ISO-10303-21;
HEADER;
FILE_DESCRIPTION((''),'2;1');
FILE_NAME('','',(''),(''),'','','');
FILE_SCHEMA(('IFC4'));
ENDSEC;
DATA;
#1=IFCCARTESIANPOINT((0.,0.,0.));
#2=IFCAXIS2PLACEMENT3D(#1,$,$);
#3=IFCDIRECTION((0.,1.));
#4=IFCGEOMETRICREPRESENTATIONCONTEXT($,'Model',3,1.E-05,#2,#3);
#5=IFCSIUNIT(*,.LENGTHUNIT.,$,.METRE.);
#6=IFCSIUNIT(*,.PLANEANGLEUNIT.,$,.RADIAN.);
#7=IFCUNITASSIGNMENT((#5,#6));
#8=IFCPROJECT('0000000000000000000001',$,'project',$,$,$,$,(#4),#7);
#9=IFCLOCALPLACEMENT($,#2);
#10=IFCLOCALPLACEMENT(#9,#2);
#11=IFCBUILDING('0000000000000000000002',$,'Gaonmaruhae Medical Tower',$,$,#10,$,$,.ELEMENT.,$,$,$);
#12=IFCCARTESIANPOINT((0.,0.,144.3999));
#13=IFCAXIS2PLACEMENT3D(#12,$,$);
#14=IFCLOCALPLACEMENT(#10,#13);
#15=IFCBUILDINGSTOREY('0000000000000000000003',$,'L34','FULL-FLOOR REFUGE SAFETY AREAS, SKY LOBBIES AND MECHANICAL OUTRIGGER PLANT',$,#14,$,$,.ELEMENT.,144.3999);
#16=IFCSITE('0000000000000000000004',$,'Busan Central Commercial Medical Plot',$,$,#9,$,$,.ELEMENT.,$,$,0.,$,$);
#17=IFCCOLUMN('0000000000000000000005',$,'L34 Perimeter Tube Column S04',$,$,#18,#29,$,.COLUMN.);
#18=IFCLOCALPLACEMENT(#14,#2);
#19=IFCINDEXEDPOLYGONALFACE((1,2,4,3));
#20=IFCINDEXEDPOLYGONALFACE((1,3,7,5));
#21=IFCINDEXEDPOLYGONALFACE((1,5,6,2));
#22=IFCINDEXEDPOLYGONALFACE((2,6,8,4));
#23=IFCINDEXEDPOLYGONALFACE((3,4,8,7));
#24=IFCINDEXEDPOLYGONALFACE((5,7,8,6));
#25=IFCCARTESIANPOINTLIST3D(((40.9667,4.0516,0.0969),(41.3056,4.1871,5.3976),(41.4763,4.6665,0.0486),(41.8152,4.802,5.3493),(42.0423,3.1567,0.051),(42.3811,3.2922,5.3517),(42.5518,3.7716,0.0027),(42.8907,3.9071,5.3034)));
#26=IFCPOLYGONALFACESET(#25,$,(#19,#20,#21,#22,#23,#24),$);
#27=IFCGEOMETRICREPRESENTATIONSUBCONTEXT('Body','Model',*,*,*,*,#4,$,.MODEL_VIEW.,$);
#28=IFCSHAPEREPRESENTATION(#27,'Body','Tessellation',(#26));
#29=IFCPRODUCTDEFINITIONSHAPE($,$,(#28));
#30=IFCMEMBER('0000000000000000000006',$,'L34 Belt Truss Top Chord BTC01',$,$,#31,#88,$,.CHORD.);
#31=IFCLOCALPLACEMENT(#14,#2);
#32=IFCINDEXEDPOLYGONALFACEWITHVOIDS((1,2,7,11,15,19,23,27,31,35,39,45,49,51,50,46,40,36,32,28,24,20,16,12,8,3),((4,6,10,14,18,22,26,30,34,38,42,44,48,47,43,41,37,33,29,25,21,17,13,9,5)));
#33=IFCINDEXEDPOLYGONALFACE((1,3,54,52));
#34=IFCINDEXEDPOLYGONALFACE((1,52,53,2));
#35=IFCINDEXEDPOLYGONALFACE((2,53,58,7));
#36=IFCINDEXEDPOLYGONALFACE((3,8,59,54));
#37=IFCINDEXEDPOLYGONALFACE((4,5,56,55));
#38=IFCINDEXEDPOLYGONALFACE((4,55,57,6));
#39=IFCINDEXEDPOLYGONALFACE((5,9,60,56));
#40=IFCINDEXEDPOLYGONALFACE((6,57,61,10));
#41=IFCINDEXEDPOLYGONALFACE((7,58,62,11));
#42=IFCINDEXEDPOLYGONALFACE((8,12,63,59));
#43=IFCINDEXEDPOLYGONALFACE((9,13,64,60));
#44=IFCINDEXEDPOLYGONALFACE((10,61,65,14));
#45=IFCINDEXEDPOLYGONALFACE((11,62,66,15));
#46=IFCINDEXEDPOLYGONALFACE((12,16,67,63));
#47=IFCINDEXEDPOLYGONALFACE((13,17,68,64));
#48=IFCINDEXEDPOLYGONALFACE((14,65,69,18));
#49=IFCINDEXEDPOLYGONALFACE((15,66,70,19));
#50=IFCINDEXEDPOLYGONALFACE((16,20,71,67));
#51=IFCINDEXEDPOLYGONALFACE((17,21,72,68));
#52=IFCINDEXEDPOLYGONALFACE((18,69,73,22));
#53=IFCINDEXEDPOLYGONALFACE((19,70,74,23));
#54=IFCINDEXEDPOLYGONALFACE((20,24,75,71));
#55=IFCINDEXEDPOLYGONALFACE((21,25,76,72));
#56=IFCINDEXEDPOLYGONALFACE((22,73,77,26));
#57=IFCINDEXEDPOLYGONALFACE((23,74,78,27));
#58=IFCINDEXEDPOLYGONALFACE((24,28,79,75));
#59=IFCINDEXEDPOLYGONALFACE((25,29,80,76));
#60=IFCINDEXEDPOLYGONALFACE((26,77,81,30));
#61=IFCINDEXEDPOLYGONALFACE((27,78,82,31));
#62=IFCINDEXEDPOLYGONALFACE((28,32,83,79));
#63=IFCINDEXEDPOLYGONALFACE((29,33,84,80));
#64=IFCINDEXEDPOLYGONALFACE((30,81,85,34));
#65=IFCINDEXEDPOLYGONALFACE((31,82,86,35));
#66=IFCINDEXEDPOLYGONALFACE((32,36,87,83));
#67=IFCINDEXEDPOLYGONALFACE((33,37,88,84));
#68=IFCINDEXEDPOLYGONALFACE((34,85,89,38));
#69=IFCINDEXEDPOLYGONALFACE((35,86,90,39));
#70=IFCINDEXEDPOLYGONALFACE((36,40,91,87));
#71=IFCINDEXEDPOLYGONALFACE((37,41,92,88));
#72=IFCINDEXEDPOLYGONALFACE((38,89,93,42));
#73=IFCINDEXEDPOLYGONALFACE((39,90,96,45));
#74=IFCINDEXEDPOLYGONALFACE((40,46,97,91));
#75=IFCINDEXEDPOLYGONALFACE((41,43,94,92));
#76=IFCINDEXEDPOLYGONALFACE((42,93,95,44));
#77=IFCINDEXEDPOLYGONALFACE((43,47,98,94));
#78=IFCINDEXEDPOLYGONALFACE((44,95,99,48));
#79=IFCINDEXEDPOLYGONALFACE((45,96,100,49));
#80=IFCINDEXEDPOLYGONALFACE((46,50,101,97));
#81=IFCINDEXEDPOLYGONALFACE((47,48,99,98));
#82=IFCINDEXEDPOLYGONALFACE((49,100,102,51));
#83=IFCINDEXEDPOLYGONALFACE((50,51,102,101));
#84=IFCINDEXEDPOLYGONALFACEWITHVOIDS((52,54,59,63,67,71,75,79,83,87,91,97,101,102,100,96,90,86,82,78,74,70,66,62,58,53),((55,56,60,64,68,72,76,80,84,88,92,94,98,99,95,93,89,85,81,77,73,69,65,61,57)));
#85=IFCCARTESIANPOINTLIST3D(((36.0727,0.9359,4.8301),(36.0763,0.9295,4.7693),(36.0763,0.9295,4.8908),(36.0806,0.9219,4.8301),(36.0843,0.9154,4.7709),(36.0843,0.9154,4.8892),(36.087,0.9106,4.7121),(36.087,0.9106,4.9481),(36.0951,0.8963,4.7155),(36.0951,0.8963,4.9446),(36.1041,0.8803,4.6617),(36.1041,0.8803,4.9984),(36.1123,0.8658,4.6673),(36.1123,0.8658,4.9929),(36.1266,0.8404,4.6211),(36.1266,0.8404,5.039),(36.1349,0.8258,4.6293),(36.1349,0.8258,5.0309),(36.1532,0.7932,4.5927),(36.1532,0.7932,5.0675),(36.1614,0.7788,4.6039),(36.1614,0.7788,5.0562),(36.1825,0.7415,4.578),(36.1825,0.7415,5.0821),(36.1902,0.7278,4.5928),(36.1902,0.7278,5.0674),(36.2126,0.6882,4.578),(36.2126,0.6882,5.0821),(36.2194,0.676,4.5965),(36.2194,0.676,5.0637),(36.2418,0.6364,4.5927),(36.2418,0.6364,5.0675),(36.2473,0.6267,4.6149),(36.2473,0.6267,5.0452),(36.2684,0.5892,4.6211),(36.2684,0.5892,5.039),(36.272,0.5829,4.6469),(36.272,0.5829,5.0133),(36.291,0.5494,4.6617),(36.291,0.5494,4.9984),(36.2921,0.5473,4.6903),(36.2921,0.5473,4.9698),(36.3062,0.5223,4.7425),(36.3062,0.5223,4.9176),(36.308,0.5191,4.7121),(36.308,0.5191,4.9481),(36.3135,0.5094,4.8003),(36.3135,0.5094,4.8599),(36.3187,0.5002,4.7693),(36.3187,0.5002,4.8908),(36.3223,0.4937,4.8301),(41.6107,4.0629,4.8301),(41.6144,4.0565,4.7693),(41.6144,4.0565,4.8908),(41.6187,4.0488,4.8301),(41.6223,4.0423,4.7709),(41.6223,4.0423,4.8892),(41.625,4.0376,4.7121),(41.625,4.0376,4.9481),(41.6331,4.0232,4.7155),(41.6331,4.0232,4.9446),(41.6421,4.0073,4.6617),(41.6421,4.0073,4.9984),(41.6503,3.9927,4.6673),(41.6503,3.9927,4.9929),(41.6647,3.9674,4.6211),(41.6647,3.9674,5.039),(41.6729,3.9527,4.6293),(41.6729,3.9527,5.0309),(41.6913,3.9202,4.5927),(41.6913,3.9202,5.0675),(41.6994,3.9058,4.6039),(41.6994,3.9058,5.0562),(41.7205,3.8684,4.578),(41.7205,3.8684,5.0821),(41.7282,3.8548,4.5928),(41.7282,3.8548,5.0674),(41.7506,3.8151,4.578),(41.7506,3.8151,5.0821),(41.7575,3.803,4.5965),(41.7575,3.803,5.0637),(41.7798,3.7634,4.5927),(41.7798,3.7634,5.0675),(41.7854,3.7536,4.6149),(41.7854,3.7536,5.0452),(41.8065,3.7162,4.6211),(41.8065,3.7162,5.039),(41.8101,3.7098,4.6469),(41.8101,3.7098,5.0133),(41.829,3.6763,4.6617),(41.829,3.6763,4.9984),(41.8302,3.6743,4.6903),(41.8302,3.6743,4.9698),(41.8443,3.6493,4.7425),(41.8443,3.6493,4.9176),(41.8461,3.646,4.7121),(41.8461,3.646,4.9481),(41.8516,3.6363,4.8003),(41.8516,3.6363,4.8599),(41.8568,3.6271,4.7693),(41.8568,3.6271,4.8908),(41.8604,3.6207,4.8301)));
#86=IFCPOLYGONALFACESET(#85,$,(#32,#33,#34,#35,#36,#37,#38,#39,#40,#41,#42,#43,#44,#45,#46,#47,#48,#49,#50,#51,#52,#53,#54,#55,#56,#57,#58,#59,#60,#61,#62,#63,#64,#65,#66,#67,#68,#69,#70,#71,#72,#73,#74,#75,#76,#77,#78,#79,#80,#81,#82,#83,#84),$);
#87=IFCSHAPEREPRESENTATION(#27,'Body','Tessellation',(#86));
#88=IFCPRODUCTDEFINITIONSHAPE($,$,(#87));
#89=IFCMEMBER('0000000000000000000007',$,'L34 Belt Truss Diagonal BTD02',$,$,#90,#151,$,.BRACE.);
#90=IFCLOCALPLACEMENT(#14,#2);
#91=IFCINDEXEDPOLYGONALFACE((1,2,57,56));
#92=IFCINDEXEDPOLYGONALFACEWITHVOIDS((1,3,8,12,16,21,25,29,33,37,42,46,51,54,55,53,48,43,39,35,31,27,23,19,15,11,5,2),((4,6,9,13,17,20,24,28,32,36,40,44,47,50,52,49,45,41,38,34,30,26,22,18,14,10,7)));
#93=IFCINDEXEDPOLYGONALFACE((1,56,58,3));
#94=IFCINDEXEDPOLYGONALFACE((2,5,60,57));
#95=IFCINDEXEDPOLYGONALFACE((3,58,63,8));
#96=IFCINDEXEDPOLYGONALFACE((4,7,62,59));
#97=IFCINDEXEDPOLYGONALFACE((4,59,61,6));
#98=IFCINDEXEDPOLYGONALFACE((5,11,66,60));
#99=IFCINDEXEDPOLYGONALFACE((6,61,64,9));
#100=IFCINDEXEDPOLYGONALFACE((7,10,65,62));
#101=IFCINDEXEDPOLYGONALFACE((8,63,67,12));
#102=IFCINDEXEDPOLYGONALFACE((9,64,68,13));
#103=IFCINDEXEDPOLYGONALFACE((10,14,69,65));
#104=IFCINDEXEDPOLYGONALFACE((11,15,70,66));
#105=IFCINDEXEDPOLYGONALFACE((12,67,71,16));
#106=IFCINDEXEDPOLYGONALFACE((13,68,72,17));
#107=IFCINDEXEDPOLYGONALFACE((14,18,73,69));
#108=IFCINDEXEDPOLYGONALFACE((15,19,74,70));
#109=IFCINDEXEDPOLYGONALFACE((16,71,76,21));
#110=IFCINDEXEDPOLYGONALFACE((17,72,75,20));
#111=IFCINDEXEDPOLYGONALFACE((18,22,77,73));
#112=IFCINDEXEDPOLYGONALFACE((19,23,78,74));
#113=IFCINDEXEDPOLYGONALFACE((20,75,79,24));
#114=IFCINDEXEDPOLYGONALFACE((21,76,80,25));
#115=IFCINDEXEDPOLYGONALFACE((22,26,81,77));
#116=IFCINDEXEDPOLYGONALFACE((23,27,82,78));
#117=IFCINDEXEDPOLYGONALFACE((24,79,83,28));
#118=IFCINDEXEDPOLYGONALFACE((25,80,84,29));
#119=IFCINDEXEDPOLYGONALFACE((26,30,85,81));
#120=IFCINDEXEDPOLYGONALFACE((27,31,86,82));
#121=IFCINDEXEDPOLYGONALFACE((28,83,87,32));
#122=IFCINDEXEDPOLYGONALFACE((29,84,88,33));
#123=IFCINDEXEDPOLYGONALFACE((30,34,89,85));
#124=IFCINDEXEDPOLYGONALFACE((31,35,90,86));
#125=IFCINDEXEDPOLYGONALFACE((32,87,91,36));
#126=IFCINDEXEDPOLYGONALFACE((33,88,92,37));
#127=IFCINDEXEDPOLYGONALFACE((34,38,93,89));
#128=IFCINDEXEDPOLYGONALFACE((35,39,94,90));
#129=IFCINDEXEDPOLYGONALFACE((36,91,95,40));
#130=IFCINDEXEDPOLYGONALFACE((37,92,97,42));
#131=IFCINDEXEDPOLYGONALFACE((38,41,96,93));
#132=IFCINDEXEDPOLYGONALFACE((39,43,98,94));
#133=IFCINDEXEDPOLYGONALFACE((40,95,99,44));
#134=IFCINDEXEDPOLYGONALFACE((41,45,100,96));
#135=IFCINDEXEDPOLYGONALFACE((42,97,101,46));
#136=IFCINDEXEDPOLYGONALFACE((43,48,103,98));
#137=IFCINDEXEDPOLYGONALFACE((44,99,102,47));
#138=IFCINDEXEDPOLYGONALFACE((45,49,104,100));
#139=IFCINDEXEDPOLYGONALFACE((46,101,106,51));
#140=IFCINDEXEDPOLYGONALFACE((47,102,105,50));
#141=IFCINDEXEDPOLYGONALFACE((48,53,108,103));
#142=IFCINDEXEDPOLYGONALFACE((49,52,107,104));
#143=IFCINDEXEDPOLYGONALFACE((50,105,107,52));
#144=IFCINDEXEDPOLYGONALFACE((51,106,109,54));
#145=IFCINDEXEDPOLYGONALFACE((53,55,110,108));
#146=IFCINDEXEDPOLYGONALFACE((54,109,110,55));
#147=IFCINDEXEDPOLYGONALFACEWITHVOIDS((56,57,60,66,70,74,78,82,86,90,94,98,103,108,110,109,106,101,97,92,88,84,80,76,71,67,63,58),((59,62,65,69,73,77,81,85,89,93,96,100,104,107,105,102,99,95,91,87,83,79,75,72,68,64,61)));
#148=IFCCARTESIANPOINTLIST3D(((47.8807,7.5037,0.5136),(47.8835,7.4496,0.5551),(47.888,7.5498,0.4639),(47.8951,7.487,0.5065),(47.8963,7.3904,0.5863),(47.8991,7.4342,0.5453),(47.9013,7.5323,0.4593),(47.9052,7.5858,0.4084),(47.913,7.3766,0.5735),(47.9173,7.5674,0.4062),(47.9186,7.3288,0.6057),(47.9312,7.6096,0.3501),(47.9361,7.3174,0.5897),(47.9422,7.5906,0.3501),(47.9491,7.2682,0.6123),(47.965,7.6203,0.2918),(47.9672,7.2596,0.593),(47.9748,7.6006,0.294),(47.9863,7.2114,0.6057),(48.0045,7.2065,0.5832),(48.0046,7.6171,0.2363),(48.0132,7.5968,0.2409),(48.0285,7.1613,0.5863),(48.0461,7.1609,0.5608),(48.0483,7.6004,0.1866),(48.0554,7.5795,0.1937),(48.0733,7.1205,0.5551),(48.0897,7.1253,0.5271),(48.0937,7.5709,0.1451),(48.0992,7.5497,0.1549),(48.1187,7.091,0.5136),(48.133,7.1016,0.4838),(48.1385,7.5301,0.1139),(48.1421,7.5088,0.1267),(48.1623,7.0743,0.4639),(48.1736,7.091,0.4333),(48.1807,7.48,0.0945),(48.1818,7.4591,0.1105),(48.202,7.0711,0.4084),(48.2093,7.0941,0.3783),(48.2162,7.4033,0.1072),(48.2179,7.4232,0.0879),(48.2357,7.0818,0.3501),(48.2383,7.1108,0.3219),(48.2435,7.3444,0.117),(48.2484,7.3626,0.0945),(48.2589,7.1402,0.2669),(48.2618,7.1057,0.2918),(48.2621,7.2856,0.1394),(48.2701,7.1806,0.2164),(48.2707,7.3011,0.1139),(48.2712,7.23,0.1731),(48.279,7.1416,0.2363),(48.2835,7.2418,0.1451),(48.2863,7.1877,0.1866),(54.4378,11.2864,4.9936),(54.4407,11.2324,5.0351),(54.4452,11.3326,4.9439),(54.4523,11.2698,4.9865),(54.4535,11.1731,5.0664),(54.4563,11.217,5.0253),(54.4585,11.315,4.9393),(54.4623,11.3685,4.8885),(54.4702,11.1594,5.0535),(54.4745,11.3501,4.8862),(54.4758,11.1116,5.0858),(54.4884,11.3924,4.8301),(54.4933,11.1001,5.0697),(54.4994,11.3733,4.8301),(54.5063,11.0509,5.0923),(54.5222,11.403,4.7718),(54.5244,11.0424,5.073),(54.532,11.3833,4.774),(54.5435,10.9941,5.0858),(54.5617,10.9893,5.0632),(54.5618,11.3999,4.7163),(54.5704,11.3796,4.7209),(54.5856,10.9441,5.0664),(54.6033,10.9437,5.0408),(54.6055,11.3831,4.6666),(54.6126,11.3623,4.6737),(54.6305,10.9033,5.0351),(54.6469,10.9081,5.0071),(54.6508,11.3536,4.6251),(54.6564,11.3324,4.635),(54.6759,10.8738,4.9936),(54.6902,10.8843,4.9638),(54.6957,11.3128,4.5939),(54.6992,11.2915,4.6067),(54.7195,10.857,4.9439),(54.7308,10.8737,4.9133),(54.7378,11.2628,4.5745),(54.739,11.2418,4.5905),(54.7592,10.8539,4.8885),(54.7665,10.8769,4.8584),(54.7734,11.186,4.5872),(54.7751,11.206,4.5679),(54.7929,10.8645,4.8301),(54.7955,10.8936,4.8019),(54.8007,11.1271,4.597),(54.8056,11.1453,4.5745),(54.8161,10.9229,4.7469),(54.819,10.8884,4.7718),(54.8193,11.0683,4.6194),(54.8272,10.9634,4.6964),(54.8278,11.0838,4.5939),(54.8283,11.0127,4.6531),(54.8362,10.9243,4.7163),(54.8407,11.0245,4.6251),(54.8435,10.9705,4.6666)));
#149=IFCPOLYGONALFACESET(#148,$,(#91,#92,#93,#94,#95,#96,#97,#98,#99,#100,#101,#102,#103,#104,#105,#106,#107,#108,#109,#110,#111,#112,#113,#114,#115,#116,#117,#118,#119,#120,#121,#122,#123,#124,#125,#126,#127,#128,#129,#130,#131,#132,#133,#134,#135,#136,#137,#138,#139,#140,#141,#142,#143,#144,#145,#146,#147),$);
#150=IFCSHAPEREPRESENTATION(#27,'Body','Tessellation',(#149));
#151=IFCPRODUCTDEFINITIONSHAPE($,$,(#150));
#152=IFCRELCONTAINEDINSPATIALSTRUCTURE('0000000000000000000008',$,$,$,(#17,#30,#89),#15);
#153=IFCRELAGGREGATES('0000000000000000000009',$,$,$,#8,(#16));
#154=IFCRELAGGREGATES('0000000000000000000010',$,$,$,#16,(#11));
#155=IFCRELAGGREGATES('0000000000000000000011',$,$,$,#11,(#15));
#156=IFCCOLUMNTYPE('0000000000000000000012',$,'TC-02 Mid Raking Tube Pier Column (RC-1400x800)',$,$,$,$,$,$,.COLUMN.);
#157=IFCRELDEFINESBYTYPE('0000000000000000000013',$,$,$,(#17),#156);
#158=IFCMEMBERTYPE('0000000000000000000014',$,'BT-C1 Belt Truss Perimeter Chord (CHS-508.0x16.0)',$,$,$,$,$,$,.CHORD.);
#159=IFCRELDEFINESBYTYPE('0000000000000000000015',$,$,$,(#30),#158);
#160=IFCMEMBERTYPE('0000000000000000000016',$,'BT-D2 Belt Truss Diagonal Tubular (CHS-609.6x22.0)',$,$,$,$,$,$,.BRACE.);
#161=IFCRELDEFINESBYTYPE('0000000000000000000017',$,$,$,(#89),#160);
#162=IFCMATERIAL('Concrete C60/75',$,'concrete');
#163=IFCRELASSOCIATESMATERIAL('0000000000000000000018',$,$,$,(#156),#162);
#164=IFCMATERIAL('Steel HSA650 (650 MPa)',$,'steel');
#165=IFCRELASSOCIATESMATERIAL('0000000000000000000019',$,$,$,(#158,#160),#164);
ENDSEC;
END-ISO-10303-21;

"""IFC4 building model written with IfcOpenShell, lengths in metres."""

from ifc_helpers import new_model, si_unit, direction, frame, origin, origin_2d, place, context, subcontext, project, spatial, rectangle, hollow_circle, extrude, material, material_profile, profile_set, type_object, element, save


model = new_model("IFC4")

# Units and contexts
model_context = context("Model", 3, precision=1e-05, world=origin(), true_north=direction((0.0, 1.0)))
body_context = subcontext(model_context, "Body", "Model", "MODEL_VIEW")
ifc_project = project(units=[si_unit("LENGTHUNIT", "METRE"), si_unit("PLANEANGLEUNIT", "RADIAN")], contexts=[model_context])

# Site, building, storey
site_placement = place(None, origin())
site = spatial("IfcSite", under=ifc_project, at=site_placement, Name="Busan Central Commercial Medical Plot", CompositionType="ELEMENT", RefElevation=0.0)
building_placement = place(site_placement, origin())
building = spatial("IfcBuilding", under=site, at=building_placement, Name="Gaonmaruhae Medical Tower", CompositionType="ELEMENT")
storey_placement = place(building_placement, frame((0.0, 0.0, 144.3999)))
storey = spatial("IfcBuildingStorey", under=building, at=storey_placement, Name="L34", Description="FULL-FLOOR REFUGE SAFETY AREAS, SKY LOBBIES AND MECHANICAL OUTRIGGER PLANT", CompositionType="ELEMENT", Elevation=144.3999)

# Column
ifc_material_1 = material(Name="Concrete C60/75", Category="concrete")
ifc_material_profile_1 = material_profile(ifc_material_1, rectangle(XDim=1.3999, YDim=0.8, at=origin_2d()), Name="RC-1400x800")
ifc_profile_set_1 = profile_set([ifc_material_profile_1], Name="Concrete C60/75")
column_type = type_object("IfcColumnType", Name="TC-02 Mid Raking Tube Pier Column (RC-1400x800)", PredefinedType="COLUMN", material=ifc_profile_set_1)
column_placement = place(storey_placement, frame((41.7593, 3.9116, 0.0498), z_axis=(0.063777, 0.025502, 0.997638), x_axis=(-0.76829, 0.639263, 0.032774)))
element("IfcColumn", 1, at=column_placement, inside=storey, type_object=column_type, Name="L34 Perimeter Tube Column S04", PredefinedType="COLUMN", context=body_context, shape_type="SweptSolid", body=[
    extrude(rectangle(XDim=1.3999, YDim=0.8, at=origin_2d()), origin(), (0.0, 0.0, 1.0), 5.3132),
])

# Members
ifc_material_2 = material(Name="Steel HSA650 (650 MPa)", Category="steel")
ifc_material_profile_2 = material_profile(ifc_material_2, hollow_circle(Radius=0.2539, WallThickness=0.0161, at=origin_2d()), Name="CHS-508.0x16.0")
ifc_profile_set_2 = profile_set([ifc_material_profile_2], Name="Steel HSA650 (650 MPa)")
member_type_1 = type_object("IfcMemberType", Name="BT-C1 Belt Truss Perimeter Chord (CHS-508.0x16.0)", PredefinedType="CHORD", material=ifc_profile_set_2)
member_1_placement = place(storey_placement, frame((36.1975, 0.7148, 4.8301), z_axis=(0.870783, 0.491668, 0.0), x_axis=(-0.491668, 0.870783, 0.0)))
element("IfcMember", 2, at=member_1_placement, inside=storey, type_object=member_type_1, Name="L34 Belt Truss Top Chord BTC01", PredefinedType="CHORD", context=body_context, shape_type="SweptSolid", body=[
    extrude(hollow_circle(Radius=0.2539, WallThickness=0.0161, at=origin_2d()), origin(), (0.0, 0.0, 1.0), 6.3599),
])
ifc_material_profile_3 = material_profile(ifc_material_2, hollow_circle(Radius=0.3047, WallThickness=0.022, at=origin_2d()), Name="CHS-609.6x22.0")
ifc_profile_set_3 = profile_set([ifc_material_profile_3], Name="Steel HSA650 (650 MPa)")
member_type_2 = type_object("IfcMemberType", Name="BT-D2 Belt Truss Diagonal Tubular (CHS-609.6x22.0)", PredefinedType="BRACE", material=ifc_profile_set_3)
member_2_placement = place(storey_placement, frame((48.0835, 7.3457, 0.3501), z_axis=(0.745441, 0.430034, 0.509302), x_axis=(-0.499698, 0.8662, 0.0)))
element("IfcMember", 3, at=member_2_placement, inside=storey, type_object=member_type_2, Name="L34 Belt Truss Diagonal BTD02", PredefinedType="BRACE", context=body_context, shape_type="SweptSolid", body=[
    extrude(hollow_circle(Radius=0.3047, WallThickness=0.022, at=origin_2d()), origin(), (0.0, 0.0, 1.0), 8.7964),
])

save(model, "model.ifc")
